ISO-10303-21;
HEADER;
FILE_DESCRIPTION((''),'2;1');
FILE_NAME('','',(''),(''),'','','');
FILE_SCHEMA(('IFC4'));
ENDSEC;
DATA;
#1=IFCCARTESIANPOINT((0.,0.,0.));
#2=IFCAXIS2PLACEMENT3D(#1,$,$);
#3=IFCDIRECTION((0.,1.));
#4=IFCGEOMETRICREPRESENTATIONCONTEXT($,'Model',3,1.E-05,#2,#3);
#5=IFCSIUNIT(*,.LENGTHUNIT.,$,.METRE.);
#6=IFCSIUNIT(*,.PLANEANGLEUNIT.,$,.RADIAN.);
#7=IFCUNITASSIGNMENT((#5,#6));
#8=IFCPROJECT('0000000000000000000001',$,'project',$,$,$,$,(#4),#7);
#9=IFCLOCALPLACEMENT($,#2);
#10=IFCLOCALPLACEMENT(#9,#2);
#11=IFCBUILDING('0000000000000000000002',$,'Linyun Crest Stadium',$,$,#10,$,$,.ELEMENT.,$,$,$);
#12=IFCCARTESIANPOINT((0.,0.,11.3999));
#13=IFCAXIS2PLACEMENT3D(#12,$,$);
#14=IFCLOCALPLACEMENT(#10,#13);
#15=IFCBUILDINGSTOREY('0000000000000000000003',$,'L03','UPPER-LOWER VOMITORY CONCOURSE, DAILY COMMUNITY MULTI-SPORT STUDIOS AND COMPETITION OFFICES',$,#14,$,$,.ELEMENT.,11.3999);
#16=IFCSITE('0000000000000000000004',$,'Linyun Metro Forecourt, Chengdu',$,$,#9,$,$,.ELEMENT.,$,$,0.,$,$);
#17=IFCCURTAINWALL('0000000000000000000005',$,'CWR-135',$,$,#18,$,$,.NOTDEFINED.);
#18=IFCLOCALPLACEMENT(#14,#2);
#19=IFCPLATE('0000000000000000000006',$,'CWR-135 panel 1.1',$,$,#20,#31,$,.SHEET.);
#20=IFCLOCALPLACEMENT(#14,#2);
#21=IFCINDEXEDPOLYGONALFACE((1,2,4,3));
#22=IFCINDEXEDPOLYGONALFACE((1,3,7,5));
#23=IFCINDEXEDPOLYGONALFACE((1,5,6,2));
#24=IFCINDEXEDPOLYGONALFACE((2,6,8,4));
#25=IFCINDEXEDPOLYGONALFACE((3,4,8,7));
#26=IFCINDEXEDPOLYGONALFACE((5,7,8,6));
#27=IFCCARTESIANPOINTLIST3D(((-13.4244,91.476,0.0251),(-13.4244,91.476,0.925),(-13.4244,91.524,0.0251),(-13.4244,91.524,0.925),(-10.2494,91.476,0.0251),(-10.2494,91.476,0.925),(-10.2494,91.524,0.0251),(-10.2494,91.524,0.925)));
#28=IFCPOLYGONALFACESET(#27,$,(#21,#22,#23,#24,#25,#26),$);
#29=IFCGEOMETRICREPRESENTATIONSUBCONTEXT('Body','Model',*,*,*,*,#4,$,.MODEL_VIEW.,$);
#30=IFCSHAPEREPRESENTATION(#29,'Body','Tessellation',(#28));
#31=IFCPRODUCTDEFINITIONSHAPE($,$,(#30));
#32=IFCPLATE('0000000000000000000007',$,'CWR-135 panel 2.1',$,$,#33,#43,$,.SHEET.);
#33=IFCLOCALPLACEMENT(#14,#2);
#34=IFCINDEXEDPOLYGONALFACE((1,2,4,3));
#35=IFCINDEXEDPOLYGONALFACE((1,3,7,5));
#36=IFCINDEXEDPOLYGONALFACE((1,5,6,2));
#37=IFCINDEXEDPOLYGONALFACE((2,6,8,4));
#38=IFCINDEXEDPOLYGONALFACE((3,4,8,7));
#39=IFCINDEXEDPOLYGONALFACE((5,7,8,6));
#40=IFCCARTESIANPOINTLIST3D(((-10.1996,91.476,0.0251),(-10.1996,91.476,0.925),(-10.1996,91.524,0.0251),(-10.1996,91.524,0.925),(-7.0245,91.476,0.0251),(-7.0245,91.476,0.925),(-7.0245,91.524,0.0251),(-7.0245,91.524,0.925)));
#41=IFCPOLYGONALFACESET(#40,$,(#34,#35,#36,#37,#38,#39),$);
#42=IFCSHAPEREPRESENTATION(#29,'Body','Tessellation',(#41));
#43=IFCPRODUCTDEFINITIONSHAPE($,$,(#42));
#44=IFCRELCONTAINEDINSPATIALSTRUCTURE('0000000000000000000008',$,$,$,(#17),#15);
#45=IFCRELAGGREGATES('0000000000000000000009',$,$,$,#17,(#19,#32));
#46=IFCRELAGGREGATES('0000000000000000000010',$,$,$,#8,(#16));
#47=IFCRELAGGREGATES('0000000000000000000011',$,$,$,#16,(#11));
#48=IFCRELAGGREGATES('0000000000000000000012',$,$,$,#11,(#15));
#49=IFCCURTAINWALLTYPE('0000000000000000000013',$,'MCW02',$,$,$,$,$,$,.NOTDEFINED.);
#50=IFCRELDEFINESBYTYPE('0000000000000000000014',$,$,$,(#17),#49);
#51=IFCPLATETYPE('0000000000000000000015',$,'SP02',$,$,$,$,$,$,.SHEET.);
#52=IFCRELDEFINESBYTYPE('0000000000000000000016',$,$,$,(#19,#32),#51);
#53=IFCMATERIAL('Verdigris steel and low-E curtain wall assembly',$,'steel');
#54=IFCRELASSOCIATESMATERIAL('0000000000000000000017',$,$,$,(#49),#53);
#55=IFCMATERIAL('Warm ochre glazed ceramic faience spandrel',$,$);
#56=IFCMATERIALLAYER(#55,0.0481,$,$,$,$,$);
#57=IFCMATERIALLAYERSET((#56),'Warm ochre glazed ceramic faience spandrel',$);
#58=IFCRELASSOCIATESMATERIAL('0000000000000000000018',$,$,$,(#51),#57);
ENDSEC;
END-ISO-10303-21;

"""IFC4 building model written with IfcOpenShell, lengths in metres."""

from ifc_helpers import new_model, si_unit, direction, frame, origin, origin_2d, place, context, subcontext, project, spatial, rectangle, extrude, material, layer, layer_set, type_object, element, aggregate, save


model = new_model("IFC4")

# Units and contexts
model_context = context("Model", 3, precision=1e-05, world=origin(), true_north=direction((0.0, 1.0)))
body_context = subcontext(model_context, "Body", "Model", "MODEL_VIEW")
ifc_project = project(units=[si_unit("LENGTHUNIT", "METRE"), si_unit("PLANEANGLEUNIT", "RADIAN")], contexts=[model_context])

# Site, building, storey
site_placement = place(None, origin())
site = spatial("IfcSite", under=ifc_project, at=site_placement, Name="Linyun Metro Forecourt, Chengdu", CompositionType="ELEMENT", RefElevation=0.0)
building_placement = place(site_placement, origin())
building = spatial("IfcBuilding", under=site, at=building_placement, Name="Linyun Crest Stadium", CompositionType="ELEMENT")
storey_placement = place(building_placement, frame((0.0, 0.0, 11.3999)))
storey = spatial("IfcBuildingStorey", under=building, at=storey_placement, Name="L03", Description="UPPER-LOWER VOMITORY CONCOURSE, DAILY COMMUNITY MULTI-SPORT STUDIOS AND COMPETITION OFFICES", CompositionType="ELEMENT", Elevation=11.3999)

# Curtain wall
ifc_material_1 = material(Name="Verdigris steel and low-E curtain wall assembly", Category="steel")
curtain_wall_type = type_object("IfcCurtainWallType", Name="MCW02", PredefinedType="NOTDEFINED", material=ifc_material_1)
curtain_wall_1_placement = place(storey_placement, origin())
curtain_wall_1 = element("IfcCurtainWall", 1, at=curtain_wall_1_placement, inside=storey, type_object=curtain_wall_type, Name="CWR-135", PredefinedType="NOTDEFINED")

# Plates
ifc_material_2 = material(Name="Warm ochre glazed ceramic faience spandrel")
ifc_layer_1 = layer(ifc_material_2, 0.0481)
ifc_layer_set_1 = layer_set([ifc_layer_1], Name="Warm ochre glazed ceramic faience spandrel")
plate_type_1 = type_object("IfcPlateType", Name="SP02", PredefinedType="SHEET", material=ifc_layer_set_1)
plate_1_placement = place(storey_placement, frame((-11.8369, 91.5, 0.0251), z_axis=(0.0, 0.0, 1.0), x_axis=(1.0, 0.0, 0.0)))
plate_1 = element("IfcPlate", 2, at=plate_1_placement, type_object=plate_type_1, Name="CWR-135 panel 1.1", PredefinedType="SHEET", context=body_context, shape_type="SweptSolid", body=[
    extrude(rectangle(XDim=3.175, YDim=0.0481, at=origin_2d()), origin(), (0.0, 0.0, 1.0), 0.8999),
])
plate_2_placement = place(storey_placement, frame((-8.6121, 91.5, 0.0251), z_axis=(0.0, 0.0, 1.0), x_axis=(1.0, 0.0, 0.0)))
plate_2 = element("IfcPlate", 3, at=plate_2_placement, type_object=plate_type_1, Name="CWR-135 panel 2.1", PredefinedType="SHEET", context=body_context, shape_type="SweptSolid", body=[
    extrude(rectangle(XDim=3.175, YDim=0.0481, at=origin_2d()), origin(), (0.0, 0.0, 1.0), 0.8999),
])
aggregate(curtain_wall_1, [plate_1, plate_2])

save(model, "model.ifc")
